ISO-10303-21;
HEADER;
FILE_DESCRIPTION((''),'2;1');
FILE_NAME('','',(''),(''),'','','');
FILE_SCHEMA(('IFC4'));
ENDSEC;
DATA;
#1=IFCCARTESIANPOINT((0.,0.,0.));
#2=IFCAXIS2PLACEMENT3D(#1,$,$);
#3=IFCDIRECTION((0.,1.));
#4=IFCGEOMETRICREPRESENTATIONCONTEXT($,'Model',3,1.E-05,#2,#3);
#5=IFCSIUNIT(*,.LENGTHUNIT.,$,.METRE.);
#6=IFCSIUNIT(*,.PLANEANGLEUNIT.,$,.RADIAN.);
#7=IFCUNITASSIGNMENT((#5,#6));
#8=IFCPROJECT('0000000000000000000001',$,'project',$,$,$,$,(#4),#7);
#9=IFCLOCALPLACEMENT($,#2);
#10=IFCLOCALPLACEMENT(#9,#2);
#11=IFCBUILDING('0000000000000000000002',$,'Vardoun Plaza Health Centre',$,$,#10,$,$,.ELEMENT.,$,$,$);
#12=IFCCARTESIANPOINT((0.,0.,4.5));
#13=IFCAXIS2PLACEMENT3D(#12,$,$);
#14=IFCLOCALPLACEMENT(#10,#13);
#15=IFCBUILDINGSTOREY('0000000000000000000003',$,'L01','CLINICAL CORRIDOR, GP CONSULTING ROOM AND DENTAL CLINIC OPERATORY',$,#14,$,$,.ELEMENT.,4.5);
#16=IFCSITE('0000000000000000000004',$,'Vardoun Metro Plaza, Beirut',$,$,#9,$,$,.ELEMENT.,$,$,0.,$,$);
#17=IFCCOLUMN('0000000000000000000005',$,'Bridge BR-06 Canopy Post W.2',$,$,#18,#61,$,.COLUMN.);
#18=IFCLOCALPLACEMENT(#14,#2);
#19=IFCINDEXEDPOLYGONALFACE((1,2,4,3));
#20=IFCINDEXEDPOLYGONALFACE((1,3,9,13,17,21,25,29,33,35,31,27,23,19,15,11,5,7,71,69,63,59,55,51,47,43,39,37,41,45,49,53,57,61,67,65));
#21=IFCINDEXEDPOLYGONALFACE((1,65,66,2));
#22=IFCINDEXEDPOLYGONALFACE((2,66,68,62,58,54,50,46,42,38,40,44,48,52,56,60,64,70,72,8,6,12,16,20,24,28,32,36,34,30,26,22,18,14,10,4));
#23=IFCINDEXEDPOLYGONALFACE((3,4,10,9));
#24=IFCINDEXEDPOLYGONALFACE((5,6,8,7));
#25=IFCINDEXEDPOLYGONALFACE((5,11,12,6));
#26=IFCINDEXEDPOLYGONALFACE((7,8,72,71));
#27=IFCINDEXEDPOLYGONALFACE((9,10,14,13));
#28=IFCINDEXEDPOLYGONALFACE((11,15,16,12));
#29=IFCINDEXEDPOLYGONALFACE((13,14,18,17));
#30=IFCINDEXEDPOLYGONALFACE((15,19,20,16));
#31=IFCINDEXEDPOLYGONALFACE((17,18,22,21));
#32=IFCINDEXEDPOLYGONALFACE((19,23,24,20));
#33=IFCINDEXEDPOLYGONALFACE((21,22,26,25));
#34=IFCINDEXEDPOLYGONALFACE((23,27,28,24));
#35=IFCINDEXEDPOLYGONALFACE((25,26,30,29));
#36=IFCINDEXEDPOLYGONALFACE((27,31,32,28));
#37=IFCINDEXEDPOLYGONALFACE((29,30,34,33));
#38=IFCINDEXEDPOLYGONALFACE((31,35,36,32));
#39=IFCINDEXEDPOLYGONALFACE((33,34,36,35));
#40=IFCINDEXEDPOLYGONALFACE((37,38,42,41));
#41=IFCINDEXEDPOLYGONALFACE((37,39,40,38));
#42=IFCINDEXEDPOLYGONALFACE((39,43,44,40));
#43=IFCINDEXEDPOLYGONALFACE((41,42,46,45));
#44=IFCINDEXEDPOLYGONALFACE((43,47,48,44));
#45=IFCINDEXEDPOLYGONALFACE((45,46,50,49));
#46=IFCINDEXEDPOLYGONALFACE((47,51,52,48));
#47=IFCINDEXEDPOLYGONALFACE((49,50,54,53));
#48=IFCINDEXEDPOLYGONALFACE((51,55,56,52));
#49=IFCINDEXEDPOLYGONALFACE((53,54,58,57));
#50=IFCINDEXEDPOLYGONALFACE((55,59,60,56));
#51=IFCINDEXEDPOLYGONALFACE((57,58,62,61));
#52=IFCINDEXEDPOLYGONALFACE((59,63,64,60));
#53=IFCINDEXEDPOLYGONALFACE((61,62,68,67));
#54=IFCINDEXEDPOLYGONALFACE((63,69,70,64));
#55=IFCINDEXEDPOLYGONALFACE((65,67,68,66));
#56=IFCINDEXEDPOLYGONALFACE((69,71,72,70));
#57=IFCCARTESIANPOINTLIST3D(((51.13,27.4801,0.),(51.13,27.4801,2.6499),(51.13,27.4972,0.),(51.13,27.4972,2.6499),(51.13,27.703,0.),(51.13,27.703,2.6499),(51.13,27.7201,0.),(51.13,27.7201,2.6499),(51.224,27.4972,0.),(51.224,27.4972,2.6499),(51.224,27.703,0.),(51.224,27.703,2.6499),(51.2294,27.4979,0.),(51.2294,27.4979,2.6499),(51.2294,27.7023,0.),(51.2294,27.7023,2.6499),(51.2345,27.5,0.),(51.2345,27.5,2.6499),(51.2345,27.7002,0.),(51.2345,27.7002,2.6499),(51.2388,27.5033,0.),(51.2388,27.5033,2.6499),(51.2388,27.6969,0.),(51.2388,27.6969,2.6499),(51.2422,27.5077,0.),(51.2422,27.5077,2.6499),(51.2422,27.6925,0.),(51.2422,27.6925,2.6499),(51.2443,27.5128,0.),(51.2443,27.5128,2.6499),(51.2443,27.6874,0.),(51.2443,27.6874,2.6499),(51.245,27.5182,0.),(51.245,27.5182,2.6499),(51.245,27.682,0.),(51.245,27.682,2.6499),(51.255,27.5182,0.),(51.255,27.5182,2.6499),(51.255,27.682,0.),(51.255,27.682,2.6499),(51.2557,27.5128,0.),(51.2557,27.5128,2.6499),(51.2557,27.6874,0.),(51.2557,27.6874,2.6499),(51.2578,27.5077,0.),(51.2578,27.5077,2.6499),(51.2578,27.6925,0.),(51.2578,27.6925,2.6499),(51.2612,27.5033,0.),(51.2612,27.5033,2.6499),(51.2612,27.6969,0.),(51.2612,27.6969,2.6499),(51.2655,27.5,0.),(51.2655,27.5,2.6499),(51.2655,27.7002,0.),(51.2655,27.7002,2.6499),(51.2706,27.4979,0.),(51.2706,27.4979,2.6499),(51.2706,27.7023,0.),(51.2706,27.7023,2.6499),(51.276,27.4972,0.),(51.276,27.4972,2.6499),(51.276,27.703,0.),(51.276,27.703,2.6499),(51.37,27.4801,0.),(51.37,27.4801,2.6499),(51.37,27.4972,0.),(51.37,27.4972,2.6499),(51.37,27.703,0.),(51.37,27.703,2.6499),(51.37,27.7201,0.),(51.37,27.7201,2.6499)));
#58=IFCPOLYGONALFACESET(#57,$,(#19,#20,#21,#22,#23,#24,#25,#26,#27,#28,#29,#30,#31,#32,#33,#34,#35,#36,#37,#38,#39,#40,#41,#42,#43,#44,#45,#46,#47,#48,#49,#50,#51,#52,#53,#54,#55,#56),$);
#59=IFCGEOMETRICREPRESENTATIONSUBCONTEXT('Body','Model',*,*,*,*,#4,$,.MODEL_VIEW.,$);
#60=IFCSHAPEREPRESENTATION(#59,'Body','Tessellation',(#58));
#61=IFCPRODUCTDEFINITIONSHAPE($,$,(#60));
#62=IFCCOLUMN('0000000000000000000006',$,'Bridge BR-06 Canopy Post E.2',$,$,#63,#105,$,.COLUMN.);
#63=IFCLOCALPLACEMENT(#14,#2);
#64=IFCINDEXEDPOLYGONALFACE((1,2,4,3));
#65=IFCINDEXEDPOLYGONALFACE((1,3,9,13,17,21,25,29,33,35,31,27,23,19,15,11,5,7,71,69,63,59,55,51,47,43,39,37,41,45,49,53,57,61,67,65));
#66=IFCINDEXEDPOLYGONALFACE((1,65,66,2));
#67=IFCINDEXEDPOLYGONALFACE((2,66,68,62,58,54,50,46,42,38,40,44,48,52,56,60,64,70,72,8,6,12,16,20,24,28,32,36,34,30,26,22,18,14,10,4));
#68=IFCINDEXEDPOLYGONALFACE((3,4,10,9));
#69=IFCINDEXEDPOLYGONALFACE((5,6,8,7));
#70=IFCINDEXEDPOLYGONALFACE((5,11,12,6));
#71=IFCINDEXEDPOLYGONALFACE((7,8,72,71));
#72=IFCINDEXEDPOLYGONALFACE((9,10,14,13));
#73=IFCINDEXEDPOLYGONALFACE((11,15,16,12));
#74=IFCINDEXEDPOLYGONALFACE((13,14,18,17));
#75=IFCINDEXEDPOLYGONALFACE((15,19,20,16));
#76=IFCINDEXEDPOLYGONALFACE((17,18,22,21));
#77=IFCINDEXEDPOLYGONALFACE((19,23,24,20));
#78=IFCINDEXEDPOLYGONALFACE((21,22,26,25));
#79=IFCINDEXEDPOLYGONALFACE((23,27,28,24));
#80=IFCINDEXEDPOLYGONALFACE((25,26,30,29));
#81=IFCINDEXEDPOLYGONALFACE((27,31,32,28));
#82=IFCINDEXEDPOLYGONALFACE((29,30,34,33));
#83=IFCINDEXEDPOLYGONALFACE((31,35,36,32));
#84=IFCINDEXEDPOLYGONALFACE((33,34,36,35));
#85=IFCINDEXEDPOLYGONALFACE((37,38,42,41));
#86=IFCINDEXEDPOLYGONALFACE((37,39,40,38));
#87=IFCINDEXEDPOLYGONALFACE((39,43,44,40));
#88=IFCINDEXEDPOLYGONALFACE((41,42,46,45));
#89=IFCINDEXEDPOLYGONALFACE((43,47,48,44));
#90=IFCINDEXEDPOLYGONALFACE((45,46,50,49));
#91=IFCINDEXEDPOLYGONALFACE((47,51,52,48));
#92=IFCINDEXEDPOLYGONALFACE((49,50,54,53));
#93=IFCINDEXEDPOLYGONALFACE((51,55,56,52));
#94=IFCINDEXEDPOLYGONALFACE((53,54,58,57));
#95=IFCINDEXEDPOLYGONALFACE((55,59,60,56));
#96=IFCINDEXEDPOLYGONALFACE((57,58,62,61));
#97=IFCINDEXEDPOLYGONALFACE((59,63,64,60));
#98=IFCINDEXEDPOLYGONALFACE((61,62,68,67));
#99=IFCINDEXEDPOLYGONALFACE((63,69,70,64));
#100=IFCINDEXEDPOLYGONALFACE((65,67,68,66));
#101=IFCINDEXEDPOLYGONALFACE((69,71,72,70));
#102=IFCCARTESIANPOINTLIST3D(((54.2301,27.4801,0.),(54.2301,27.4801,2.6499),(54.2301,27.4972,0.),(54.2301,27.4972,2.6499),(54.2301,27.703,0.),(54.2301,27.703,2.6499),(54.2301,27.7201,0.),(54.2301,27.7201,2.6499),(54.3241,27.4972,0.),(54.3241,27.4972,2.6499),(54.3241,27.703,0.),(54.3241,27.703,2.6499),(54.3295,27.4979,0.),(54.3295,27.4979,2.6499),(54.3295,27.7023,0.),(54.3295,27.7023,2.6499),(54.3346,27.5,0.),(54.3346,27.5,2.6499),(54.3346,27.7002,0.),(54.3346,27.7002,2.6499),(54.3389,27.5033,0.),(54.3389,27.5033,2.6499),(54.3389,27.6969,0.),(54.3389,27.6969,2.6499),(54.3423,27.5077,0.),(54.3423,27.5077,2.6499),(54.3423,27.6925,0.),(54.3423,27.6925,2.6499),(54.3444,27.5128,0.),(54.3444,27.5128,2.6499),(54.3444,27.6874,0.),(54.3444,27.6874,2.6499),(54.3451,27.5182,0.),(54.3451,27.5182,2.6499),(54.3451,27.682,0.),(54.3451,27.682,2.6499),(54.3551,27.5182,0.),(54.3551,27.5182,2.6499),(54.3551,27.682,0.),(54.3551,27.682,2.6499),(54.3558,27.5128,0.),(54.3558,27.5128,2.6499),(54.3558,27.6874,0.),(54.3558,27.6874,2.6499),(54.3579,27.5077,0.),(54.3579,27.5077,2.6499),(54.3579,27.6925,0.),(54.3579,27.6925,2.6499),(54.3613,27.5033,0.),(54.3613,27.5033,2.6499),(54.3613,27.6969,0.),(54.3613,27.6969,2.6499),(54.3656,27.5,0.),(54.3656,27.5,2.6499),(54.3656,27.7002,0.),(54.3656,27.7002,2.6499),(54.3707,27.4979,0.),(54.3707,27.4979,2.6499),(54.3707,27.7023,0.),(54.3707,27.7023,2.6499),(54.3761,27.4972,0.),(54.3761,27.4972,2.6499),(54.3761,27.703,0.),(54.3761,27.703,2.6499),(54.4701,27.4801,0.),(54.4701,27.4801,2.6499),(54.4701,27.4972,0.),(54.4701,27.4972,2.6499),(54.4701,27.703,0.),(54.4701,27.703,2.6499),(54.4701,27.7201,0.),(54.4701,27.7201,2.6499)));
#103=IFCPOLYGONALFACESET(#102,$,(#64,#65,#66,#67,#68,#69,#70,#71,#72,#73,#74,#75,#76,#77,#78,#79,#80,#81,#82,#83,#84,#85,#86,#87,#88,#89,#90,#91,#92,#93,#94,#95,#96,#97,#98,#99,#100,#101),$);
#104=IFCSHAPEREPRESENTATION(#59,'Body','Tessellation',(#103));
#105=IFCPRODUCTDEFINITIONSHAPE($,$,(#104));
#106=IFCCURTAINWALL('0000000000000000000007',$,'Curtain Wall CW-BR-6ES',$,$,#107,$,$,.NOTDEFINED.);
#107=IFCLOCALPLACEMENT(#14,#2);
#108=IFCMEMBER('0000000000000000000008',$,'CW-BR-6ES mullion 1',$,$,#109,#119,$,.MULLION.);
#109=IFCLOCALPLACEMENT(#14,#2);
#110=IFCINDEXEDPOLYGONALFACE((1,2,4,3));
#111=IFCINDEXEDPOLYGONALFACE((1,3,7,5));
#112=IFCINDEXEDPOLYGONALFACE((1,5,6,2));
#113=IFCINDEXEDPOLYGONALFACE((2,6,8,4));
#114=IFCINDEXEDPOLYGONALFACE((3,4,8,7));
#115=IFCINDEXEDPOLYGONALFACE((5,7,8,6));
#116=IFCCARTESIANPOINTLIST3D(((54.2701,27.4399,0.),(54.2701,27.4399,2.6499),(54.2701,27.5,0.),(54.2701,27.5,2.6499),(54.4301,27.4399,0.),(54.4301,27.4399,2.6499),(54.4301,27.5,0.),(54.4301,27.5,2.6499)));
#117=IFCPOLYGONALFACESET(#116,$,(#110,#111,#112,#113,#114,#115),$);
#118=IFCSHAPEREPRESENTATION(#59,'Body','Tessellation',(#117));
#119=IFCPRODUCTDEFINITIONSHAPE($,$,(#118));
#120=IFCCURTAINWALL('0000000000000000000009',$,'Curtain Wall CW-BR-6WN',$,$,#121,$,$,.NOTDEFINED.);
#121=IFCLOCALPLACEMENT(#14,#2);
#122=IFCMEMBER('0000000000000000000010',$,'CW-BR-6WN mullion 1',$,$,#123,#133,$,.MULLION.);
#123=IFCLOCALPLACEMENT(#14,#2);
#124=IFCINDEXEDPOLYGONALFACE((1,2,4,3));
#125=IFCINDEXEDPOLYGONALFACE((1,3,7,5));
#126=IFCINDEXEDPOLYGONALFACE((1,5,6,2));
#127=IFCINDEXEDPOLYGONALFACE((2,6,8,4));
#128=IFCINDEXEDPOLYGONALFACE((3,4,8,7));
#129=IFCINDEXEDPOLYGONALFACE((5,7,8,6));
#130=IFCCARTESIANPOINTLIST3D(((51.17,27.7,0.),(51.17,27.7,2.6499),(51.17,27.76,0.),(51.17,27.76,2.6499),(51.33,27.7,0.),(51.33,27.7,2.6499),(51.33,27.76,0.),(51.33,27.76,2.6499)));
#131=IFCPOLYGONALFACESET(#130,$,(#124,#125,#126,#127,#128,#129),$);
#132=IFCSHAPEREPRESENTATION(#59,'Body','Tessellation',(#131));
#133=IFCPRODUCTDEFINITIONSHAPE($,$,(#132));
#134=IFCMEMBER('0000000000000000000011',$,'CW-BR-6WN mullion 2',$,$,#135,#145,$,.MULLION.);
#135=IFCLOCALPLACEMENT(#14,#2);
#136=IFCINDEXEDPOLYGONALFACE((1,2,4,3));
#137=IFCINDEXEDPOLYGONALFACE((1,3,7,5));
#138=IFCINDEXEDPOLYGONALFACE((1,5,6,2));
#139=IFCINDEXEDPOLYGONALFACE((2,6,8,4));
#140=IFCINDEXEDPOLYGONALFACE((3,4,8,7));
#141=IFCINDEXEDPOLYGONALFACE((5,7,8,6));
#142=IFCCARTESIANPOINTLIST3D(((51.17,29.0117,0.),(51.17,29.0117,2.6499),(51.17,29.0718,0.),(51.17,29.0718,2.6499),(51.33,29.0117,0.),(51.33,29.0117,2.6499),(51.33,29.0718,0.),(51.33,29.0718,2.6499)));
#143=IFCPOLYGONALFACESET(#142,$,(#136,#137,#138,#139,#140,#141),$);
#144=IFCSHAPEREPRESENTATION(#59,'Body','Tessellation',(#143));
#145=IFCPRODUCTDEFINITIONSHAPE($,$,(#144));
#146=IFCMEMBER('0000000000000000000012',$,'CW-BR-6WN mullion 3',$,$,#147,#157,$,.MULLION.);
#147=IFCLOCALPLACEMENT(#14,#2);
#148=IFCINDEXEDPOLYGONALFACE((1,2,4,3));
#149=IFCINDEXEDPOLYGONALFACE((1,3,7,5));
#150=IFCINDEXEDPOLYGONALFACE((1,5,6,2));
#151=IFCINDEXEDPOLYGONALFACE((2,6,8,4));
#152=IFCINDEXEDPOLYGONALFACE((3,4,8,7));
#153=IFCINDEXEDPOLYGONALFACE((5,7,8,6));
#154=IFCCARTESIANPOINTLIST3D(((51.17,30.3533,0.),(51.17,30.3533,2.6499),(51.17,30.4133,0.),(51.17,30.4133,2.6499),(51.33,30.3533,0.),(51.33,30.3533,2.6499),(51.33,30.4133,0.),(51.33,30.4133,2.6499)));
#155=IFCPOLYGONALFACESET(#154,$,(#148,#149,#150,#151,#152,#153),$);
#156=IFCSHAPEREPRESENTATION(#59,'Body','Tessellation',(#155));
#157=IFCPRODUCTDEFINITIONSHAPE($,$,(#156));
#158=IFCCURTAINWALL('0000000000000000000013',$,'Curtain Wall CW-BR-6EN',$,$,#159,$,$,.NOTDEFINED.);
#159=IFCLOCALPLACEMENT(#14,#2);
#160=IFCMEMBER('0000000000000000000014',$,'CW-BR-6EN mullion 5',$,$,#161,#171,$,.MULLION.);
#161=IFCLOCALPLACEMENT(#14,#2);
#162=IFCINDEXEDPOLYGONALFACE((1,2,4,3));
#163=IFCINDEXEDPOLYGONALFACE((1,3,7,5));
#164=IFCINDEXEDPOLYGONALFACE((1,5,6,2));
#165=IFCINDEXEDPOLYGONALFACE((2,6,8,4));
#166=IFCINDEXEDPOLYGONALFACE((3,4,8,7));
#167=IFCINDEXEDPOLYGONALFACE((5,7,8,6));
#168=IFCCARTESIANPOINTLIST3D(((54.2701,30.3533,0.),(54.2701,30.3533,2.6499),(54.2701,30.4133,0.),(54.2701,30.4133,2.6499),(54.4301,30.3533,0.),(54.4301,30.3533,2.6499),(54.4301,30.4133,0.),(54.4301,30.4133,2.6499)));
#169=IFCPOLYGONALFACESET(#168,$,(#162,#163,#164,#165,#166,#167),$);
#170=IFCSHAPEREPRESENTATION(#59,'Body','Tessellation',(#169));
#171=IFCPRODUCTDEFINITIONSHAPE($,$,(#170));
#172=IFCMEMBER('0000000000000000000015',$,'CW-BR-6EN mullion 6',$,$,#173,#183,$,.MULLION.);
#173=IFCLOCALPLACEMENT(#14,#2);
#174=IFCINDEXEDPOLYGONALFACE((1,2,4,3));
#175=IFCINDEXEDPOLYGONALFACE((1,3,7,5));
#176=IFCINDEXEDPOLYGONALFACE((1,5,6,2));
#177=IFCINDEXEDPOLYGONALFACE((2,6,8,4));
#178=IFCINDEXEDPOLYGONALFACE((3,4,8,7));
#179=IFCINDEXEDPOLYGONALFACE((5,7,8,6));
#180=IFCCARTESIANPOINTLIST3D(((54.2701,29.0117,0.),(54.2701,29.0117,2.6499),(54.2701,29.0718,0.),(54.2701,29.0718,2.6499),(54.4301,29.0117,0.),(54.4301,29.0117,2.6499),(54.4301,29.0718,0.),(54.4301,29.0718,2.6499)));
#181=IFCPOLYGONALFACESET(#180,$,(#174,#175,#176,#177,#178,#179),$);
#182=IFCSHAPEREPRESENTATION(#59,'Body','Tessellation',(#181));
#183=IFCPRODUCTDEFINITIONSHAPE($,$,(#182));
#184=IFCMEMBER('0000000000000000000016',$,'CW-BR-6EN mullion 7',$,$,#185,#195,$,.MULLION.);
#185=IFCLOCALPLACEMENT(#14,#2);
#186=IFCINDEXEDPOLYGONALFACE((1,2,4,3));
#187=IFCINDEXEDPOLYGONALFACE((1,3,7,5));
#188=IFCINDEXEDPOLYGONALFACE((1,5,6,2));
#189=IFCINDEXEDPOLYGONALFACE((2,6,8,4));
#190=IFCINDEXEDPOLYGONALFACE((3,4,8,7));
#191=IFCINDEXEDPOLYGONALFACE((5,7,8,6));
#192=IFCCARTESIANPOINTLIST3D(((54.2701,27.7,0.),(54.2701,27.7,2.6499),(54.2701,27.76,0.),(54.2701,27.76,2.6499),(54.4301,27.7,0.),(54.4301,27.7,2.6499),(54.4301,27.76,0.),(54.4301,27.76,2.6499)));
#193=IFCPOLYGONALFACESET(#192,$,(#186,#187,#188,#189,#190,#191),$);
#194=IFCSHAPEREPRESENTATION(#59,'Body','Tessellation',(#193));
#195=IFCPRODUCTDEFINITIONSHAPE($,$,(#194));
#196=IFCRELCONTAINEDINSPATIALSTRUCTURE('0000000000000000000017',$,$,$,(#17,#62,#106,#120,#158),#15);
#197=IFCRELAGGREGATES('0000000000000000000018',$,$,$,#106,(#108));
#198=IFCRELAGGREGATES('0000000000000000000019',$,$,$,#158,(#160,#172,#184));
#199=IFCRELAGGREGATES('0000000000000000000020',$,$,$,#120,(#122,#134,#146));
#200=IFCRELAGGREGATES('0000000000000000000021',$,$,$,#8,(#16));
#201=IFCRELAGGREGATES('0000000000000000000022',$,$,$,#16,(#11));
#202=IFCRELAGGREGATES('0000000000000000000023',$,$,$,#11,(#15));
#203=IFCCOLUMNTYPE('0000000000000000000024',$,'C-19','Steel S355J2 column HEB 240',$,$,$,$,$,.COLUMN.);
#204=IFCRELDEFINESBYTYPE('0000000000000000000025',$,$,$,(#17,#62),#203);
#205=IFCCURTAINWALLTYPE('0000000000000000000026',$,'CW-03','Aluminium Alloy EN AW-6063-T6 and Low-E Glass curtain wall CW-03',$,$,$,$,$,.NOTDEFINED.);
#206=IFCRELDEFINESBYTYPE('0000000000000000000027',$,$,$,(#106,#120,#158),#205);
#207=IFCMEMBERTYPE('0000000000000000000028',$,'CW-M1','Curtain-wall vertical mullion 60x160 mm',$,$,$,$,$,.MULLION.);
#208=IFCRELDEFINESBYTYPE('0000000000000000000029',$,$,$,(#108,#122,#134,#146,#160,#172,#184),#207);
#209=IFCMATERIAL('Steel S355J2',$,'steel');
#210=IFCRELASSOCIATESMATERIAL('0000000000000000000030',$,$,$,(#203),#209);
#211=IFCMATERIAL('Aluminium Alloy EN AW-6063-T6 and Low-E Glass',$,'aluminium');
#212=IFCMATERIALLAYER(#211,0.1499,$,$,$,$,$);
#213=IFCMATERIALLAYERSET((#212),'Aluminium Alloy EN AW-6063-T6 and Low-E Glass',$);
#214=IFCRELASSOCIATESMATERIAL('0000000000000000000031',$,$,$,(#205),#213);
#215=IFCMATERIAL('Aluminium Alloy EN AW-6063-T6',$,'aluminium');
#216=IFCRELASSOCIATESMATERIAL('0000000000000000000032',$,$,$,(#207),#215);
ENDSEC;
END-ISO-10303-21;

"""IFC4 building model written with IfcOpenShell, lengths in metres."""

from ifc_helpers import new_model, si_unit, direction, frame, origin, origin_2d, place, context, subcontext, project, spatial, rectangle, i_section, extrude, material, layer, layer_set, material_profile, profile_set, type_object, element, aggregate, save


model = new_model("IFC4")

# Units and contexts
model_context = context("Model", 3, precision=1e-05, world=origin(), true_north=direction((0.0, 1.0)))
body_context = subcontext(model_context, "Body", "Model", "MODEL_VIEW")
ifc_project = project(units=[si_unit("LENGTHUNIT", "METRE"), si_unit("PLANEANGLEUNIT", "RADIAN")], contexts=[model_context])

# Site, building, storey
site_placement = place(None, origin())
site = spatial("IfcSite", under=ifc_project, at=site_placement, Name="Vardoun Metro Plaza, Beirut", CompositionType="ELEMENT", RefElevation=0.0)
building_placement = place(site_placement, origin())
building = spatial("IfcBuilding", under=site, at=building_placement, Name="Vardoun Plaza Health Centre", CompositionType="ELEMENT")
storey_placement = place(building_placement, frame((0.0, 0.0, 4.5)))
storey = spatial("IfcBuildingStorey", under=building, at=storey_placement, Name="L01", Description="CLINICAL CORRIDOR, GP CONSULTING ROOM AND DENTAL CLINIC OPERATORY", CompositionType="ELEMENT", Elevation=4.5)

# Columns
ifc_material_1 = material(Name="Steel S355J2", Category="steel")
ifc_material_profile_1 = material_profile(ifc_material_1, i_section(OverallWidth=0.24, OverallDepth=0.24, WebThickness=0.01, FlangeThickness=0.0171, FilletRadius=0.021, at=origin_2d()), Name="HEB 240")
ifc_profile_set_1 = profile_set([ifc_material_profile_1], Name="Steel S355J2")
column_type = type_object("IfcColumnType", Name="C-19", Description="Steel S355J2 column HEB 240", PredefinedType="COLUMN", material=ifc_profile_set_1)
for number, where, z_axis, x_axis, name in (
    (1, (51.25, 27.6001, 0.0), (0.0, 0.0, 1.0), (1.0, 0.0, 0.0), "Bridge BR-06 Canopy Post W.2"),
    (2, (54.3501, 27.6001, 0.0), (0.0, 0.0, 1.0), (1.0, 0.0, 0.0), "Bridge BR-06 Canopy Post E.2"),
):
    element("IfcColumn", number, at=place(storey_placement, frame(where, z_axis=z_axis, x_axis=x_axis)), inside=storey, type_object=column_type, Name=name, PredefinedType="COLUMN", context=body_context, shape_type="SweptSolid", body=[
        extrude(i_section(OverallWidth=0.24, OverallDepth=0.24, WebThickness=0.01, FlangeThickness=0.0171, FilletRadius=0.021, at=origin_2d()), origin(), (0.0, 0.0, 1.0), 2.6499),
    ])

# Curtain wall, member
ifc_material_2 = material(Name="Aluminium Alloy EN AW-6063-T6 and Low-E Glass", Category="aluminium")
ifc_layer_1 = layer(ifc_material_2, 0.1499)
ifc_layer_set_1 = layer_set([ifc_layer_1], Name="Aluminium Alloy EN AW-6063-T6 and Low-E Glass")
curtain_wall_type = type_object("IfcCurtainWallType", Name="CW-03", Description="Aluminium Alloy EN AW-6063-T6 and Low-E Glass curtain wall CW-03", PredefinedType="NOTDEFINED", material=ifc_layer_set_1)
curtain_wall_1_placement = place(storey_placement, origin())
curtain_wall_1 = element("IfcCurtainWall", 3, at=curtain_wall_1_placement, inside=storey, type_object=curtain_wall_type, Name="Curtain Wall CW-BR-6ES", PredefinedType="NOTDEFINED")
ifc_material_3 = material(Name="Aluminium Alloy EN AW-6063-T6", Category="aluminium")
ifc_material_profile_2 = material_profile(ifc_material_3, rectangle(XDim=0.1599, YDim=0.0601, at=origin_2d()), Name="CWM 60x160")
ifc_profile_set_2 = profile_set([ifc_material_profile_2], Name="Aluminium Alloy EN AW-6063-T6")
member_type_1 = type_object("IfcMemberType", Name="CW-M1", Description="Curtain-wall vertical mullion 60x160 mm", PredefinedType="MULLION", material=ifc_profile_set_2)
member_1_placement = place(storey_placement, frame((54.3501, 27.47, 0.0), z_axis=(0.0, 0.0, 1.0), x_axis=(1.0, 0.0, 0.0)))
member_1 = element("IfcMember", 4, at=member_1_placement, type_object=member_type_1, Name="CW-BR-6ES mullion 1", PredefinedType="MULLION", context=body_context, shape_type="SweptSolid", body=[
    extrude(rectangle(XDim=0.1599, YDim=0.0601, at=origin_2d()), origin(), (0.0, 0.0, 1.0), 2.6499),
])
aggregate(curtain_wall_1, [member_1])

# Curtain walls, members
curtain_wall_2_placement = place(storey_placement, origin())
curtain_wall_2 = element("IfcCurtainWall", 5, at=curtain_wall_2_placement, inside=storey, type_object=curtain_wall_type, Name="Curtain Wall CW-BR-6WN", PredefinedType="NOTDEFINED")
member_2_placement = place(storey_placement, frame((51.25, 27.73, 0.0), z_axis=(0.0, 0.0, 1.0), x_axis=(-1.0, 0.0, 0.0)))
member_2 = element("IfcMember", 6, at=member_2_placement, type_object=member_type_1, Name="CW-BR-6WN mullion 1", PredefinedType="MULLION", context=body_context, shape_type="SweptSolid", body=[
    extrude(rectangle(XDim=0.1599, YDim=0.0601, at=origin_2d()), origin(), (0.0, 0.0, 1.0), 2.6499),
])
member_3_placement = place(storey_placement, frame((51.25, 29.0417, 0.0), z_axis=(0.0, 0.0, 1.0), x_axis=(-1.0, 0.0, 0.0)))
member_3 = element("IfcMember", 7, at=member_3_placement, type_object=member_type_1, Name="CW-BR-6WN mullion 2", PredefinedType="MULLION", context=body_context, shape_type="SweptSolid", body=[
    extrude(rectangle(XDim=0.1599, YDim=0.0601, at=origin_2d()), origin(), (0.0, 0.0, 1.0), 2.6499),
])
member_4_placement = place(storey_placement, frame((51.25, 30.3833, 0.0), z_axis=(0.0, 0.0, 1.0), x_axis=(-1.0, 0.0, 0.0)))
member_4 = element("IfcMember", 8, at=member_4_placement, type_object=member_type_1, Name="CW-BR-6WN mullion 3", PredefinedType="MULLION", context=body_context, shape_type="SweptSolid", body=[
    extrude(rectangle(XDim=0.1599, YDim=0.0601, at=origin_2d()), origin(), (0.0, 0.0, 1.0), 2.6499),
])
curtain_wall_3_placement = place(storey_placement, origin())
curtain_wall_3 = element("IfcCurtainWall", 9, at=curtain_wall_3_placement, inside=storey, type_object=curtain_wall_type, Name="Curtain Wall CW-BR-6EN", PredefinedType="NOTDEFINED")
member_5_placement = place(storey_placement, frame((54.3501, 30.3833, 0.0), z_axis=(0.0, 0.0, 1.0), x_axis=(1.0, 0.0, 0.0)))
member_5 = element("IfcMember", 10, at=member_5_placement, type_object=member_type_1, Name="CW-BR-6EN mullion 5", PredefinedType="MULLION", context=body_context, shape_type="SweptSolid", body=[
    extrude(rectangle(XDim=0.1599, YDim=0.0601, at=origin_2d()), origin(), (0.0, 0.0, 1.0), 2.6499),
])
member_6_placement = place(storey_placement, frame((54.3501, 29.0417, 0.0), z_axis=(0.0, 0.0, 1.0), x_axis=(1.0, 0.0, 0.0)))
member_6 = element("IfcMember", 11, at=member_6_placement, type_object=member_type_1, Name="CW-BR-6EN mullion 6", PredefinedType="MULLION", context=body_context, shape_type="SweptSolid", body=[
    extrude(rectangle(XDim=0.1599, YDim=0.0601, at=origin_2d()), origin(), (0.0, 0.0, 1.0), 2.6499),
])
member_7_placement = place(storey_placement, frame((54.3501, 27.73, 0.0), z_axis=(0.0, 0.0, 1.0), x_axis=(1.0, 0.0, 0.0)))
member_7 = element("IfcMember", 12, at=member_7_placement, type_object=member_type_1, Name="CW-BR-6EN mullion 7", PredefinedType="MULLION", context=body_context, shape_type="SweptSolid", body=[
    extrude(rectangle(XDim=0.1599, YDim=0.0601, at=origin_2d()), origin(), (0.0, 0.0, 1.0), 2.6499),
])
aggregate(curtain_wall_3, [member_5, member_6, member_7])

aggregate(curtain_wall_2, [member_2, member_3, member_4])

save(model, "model.ifc")
